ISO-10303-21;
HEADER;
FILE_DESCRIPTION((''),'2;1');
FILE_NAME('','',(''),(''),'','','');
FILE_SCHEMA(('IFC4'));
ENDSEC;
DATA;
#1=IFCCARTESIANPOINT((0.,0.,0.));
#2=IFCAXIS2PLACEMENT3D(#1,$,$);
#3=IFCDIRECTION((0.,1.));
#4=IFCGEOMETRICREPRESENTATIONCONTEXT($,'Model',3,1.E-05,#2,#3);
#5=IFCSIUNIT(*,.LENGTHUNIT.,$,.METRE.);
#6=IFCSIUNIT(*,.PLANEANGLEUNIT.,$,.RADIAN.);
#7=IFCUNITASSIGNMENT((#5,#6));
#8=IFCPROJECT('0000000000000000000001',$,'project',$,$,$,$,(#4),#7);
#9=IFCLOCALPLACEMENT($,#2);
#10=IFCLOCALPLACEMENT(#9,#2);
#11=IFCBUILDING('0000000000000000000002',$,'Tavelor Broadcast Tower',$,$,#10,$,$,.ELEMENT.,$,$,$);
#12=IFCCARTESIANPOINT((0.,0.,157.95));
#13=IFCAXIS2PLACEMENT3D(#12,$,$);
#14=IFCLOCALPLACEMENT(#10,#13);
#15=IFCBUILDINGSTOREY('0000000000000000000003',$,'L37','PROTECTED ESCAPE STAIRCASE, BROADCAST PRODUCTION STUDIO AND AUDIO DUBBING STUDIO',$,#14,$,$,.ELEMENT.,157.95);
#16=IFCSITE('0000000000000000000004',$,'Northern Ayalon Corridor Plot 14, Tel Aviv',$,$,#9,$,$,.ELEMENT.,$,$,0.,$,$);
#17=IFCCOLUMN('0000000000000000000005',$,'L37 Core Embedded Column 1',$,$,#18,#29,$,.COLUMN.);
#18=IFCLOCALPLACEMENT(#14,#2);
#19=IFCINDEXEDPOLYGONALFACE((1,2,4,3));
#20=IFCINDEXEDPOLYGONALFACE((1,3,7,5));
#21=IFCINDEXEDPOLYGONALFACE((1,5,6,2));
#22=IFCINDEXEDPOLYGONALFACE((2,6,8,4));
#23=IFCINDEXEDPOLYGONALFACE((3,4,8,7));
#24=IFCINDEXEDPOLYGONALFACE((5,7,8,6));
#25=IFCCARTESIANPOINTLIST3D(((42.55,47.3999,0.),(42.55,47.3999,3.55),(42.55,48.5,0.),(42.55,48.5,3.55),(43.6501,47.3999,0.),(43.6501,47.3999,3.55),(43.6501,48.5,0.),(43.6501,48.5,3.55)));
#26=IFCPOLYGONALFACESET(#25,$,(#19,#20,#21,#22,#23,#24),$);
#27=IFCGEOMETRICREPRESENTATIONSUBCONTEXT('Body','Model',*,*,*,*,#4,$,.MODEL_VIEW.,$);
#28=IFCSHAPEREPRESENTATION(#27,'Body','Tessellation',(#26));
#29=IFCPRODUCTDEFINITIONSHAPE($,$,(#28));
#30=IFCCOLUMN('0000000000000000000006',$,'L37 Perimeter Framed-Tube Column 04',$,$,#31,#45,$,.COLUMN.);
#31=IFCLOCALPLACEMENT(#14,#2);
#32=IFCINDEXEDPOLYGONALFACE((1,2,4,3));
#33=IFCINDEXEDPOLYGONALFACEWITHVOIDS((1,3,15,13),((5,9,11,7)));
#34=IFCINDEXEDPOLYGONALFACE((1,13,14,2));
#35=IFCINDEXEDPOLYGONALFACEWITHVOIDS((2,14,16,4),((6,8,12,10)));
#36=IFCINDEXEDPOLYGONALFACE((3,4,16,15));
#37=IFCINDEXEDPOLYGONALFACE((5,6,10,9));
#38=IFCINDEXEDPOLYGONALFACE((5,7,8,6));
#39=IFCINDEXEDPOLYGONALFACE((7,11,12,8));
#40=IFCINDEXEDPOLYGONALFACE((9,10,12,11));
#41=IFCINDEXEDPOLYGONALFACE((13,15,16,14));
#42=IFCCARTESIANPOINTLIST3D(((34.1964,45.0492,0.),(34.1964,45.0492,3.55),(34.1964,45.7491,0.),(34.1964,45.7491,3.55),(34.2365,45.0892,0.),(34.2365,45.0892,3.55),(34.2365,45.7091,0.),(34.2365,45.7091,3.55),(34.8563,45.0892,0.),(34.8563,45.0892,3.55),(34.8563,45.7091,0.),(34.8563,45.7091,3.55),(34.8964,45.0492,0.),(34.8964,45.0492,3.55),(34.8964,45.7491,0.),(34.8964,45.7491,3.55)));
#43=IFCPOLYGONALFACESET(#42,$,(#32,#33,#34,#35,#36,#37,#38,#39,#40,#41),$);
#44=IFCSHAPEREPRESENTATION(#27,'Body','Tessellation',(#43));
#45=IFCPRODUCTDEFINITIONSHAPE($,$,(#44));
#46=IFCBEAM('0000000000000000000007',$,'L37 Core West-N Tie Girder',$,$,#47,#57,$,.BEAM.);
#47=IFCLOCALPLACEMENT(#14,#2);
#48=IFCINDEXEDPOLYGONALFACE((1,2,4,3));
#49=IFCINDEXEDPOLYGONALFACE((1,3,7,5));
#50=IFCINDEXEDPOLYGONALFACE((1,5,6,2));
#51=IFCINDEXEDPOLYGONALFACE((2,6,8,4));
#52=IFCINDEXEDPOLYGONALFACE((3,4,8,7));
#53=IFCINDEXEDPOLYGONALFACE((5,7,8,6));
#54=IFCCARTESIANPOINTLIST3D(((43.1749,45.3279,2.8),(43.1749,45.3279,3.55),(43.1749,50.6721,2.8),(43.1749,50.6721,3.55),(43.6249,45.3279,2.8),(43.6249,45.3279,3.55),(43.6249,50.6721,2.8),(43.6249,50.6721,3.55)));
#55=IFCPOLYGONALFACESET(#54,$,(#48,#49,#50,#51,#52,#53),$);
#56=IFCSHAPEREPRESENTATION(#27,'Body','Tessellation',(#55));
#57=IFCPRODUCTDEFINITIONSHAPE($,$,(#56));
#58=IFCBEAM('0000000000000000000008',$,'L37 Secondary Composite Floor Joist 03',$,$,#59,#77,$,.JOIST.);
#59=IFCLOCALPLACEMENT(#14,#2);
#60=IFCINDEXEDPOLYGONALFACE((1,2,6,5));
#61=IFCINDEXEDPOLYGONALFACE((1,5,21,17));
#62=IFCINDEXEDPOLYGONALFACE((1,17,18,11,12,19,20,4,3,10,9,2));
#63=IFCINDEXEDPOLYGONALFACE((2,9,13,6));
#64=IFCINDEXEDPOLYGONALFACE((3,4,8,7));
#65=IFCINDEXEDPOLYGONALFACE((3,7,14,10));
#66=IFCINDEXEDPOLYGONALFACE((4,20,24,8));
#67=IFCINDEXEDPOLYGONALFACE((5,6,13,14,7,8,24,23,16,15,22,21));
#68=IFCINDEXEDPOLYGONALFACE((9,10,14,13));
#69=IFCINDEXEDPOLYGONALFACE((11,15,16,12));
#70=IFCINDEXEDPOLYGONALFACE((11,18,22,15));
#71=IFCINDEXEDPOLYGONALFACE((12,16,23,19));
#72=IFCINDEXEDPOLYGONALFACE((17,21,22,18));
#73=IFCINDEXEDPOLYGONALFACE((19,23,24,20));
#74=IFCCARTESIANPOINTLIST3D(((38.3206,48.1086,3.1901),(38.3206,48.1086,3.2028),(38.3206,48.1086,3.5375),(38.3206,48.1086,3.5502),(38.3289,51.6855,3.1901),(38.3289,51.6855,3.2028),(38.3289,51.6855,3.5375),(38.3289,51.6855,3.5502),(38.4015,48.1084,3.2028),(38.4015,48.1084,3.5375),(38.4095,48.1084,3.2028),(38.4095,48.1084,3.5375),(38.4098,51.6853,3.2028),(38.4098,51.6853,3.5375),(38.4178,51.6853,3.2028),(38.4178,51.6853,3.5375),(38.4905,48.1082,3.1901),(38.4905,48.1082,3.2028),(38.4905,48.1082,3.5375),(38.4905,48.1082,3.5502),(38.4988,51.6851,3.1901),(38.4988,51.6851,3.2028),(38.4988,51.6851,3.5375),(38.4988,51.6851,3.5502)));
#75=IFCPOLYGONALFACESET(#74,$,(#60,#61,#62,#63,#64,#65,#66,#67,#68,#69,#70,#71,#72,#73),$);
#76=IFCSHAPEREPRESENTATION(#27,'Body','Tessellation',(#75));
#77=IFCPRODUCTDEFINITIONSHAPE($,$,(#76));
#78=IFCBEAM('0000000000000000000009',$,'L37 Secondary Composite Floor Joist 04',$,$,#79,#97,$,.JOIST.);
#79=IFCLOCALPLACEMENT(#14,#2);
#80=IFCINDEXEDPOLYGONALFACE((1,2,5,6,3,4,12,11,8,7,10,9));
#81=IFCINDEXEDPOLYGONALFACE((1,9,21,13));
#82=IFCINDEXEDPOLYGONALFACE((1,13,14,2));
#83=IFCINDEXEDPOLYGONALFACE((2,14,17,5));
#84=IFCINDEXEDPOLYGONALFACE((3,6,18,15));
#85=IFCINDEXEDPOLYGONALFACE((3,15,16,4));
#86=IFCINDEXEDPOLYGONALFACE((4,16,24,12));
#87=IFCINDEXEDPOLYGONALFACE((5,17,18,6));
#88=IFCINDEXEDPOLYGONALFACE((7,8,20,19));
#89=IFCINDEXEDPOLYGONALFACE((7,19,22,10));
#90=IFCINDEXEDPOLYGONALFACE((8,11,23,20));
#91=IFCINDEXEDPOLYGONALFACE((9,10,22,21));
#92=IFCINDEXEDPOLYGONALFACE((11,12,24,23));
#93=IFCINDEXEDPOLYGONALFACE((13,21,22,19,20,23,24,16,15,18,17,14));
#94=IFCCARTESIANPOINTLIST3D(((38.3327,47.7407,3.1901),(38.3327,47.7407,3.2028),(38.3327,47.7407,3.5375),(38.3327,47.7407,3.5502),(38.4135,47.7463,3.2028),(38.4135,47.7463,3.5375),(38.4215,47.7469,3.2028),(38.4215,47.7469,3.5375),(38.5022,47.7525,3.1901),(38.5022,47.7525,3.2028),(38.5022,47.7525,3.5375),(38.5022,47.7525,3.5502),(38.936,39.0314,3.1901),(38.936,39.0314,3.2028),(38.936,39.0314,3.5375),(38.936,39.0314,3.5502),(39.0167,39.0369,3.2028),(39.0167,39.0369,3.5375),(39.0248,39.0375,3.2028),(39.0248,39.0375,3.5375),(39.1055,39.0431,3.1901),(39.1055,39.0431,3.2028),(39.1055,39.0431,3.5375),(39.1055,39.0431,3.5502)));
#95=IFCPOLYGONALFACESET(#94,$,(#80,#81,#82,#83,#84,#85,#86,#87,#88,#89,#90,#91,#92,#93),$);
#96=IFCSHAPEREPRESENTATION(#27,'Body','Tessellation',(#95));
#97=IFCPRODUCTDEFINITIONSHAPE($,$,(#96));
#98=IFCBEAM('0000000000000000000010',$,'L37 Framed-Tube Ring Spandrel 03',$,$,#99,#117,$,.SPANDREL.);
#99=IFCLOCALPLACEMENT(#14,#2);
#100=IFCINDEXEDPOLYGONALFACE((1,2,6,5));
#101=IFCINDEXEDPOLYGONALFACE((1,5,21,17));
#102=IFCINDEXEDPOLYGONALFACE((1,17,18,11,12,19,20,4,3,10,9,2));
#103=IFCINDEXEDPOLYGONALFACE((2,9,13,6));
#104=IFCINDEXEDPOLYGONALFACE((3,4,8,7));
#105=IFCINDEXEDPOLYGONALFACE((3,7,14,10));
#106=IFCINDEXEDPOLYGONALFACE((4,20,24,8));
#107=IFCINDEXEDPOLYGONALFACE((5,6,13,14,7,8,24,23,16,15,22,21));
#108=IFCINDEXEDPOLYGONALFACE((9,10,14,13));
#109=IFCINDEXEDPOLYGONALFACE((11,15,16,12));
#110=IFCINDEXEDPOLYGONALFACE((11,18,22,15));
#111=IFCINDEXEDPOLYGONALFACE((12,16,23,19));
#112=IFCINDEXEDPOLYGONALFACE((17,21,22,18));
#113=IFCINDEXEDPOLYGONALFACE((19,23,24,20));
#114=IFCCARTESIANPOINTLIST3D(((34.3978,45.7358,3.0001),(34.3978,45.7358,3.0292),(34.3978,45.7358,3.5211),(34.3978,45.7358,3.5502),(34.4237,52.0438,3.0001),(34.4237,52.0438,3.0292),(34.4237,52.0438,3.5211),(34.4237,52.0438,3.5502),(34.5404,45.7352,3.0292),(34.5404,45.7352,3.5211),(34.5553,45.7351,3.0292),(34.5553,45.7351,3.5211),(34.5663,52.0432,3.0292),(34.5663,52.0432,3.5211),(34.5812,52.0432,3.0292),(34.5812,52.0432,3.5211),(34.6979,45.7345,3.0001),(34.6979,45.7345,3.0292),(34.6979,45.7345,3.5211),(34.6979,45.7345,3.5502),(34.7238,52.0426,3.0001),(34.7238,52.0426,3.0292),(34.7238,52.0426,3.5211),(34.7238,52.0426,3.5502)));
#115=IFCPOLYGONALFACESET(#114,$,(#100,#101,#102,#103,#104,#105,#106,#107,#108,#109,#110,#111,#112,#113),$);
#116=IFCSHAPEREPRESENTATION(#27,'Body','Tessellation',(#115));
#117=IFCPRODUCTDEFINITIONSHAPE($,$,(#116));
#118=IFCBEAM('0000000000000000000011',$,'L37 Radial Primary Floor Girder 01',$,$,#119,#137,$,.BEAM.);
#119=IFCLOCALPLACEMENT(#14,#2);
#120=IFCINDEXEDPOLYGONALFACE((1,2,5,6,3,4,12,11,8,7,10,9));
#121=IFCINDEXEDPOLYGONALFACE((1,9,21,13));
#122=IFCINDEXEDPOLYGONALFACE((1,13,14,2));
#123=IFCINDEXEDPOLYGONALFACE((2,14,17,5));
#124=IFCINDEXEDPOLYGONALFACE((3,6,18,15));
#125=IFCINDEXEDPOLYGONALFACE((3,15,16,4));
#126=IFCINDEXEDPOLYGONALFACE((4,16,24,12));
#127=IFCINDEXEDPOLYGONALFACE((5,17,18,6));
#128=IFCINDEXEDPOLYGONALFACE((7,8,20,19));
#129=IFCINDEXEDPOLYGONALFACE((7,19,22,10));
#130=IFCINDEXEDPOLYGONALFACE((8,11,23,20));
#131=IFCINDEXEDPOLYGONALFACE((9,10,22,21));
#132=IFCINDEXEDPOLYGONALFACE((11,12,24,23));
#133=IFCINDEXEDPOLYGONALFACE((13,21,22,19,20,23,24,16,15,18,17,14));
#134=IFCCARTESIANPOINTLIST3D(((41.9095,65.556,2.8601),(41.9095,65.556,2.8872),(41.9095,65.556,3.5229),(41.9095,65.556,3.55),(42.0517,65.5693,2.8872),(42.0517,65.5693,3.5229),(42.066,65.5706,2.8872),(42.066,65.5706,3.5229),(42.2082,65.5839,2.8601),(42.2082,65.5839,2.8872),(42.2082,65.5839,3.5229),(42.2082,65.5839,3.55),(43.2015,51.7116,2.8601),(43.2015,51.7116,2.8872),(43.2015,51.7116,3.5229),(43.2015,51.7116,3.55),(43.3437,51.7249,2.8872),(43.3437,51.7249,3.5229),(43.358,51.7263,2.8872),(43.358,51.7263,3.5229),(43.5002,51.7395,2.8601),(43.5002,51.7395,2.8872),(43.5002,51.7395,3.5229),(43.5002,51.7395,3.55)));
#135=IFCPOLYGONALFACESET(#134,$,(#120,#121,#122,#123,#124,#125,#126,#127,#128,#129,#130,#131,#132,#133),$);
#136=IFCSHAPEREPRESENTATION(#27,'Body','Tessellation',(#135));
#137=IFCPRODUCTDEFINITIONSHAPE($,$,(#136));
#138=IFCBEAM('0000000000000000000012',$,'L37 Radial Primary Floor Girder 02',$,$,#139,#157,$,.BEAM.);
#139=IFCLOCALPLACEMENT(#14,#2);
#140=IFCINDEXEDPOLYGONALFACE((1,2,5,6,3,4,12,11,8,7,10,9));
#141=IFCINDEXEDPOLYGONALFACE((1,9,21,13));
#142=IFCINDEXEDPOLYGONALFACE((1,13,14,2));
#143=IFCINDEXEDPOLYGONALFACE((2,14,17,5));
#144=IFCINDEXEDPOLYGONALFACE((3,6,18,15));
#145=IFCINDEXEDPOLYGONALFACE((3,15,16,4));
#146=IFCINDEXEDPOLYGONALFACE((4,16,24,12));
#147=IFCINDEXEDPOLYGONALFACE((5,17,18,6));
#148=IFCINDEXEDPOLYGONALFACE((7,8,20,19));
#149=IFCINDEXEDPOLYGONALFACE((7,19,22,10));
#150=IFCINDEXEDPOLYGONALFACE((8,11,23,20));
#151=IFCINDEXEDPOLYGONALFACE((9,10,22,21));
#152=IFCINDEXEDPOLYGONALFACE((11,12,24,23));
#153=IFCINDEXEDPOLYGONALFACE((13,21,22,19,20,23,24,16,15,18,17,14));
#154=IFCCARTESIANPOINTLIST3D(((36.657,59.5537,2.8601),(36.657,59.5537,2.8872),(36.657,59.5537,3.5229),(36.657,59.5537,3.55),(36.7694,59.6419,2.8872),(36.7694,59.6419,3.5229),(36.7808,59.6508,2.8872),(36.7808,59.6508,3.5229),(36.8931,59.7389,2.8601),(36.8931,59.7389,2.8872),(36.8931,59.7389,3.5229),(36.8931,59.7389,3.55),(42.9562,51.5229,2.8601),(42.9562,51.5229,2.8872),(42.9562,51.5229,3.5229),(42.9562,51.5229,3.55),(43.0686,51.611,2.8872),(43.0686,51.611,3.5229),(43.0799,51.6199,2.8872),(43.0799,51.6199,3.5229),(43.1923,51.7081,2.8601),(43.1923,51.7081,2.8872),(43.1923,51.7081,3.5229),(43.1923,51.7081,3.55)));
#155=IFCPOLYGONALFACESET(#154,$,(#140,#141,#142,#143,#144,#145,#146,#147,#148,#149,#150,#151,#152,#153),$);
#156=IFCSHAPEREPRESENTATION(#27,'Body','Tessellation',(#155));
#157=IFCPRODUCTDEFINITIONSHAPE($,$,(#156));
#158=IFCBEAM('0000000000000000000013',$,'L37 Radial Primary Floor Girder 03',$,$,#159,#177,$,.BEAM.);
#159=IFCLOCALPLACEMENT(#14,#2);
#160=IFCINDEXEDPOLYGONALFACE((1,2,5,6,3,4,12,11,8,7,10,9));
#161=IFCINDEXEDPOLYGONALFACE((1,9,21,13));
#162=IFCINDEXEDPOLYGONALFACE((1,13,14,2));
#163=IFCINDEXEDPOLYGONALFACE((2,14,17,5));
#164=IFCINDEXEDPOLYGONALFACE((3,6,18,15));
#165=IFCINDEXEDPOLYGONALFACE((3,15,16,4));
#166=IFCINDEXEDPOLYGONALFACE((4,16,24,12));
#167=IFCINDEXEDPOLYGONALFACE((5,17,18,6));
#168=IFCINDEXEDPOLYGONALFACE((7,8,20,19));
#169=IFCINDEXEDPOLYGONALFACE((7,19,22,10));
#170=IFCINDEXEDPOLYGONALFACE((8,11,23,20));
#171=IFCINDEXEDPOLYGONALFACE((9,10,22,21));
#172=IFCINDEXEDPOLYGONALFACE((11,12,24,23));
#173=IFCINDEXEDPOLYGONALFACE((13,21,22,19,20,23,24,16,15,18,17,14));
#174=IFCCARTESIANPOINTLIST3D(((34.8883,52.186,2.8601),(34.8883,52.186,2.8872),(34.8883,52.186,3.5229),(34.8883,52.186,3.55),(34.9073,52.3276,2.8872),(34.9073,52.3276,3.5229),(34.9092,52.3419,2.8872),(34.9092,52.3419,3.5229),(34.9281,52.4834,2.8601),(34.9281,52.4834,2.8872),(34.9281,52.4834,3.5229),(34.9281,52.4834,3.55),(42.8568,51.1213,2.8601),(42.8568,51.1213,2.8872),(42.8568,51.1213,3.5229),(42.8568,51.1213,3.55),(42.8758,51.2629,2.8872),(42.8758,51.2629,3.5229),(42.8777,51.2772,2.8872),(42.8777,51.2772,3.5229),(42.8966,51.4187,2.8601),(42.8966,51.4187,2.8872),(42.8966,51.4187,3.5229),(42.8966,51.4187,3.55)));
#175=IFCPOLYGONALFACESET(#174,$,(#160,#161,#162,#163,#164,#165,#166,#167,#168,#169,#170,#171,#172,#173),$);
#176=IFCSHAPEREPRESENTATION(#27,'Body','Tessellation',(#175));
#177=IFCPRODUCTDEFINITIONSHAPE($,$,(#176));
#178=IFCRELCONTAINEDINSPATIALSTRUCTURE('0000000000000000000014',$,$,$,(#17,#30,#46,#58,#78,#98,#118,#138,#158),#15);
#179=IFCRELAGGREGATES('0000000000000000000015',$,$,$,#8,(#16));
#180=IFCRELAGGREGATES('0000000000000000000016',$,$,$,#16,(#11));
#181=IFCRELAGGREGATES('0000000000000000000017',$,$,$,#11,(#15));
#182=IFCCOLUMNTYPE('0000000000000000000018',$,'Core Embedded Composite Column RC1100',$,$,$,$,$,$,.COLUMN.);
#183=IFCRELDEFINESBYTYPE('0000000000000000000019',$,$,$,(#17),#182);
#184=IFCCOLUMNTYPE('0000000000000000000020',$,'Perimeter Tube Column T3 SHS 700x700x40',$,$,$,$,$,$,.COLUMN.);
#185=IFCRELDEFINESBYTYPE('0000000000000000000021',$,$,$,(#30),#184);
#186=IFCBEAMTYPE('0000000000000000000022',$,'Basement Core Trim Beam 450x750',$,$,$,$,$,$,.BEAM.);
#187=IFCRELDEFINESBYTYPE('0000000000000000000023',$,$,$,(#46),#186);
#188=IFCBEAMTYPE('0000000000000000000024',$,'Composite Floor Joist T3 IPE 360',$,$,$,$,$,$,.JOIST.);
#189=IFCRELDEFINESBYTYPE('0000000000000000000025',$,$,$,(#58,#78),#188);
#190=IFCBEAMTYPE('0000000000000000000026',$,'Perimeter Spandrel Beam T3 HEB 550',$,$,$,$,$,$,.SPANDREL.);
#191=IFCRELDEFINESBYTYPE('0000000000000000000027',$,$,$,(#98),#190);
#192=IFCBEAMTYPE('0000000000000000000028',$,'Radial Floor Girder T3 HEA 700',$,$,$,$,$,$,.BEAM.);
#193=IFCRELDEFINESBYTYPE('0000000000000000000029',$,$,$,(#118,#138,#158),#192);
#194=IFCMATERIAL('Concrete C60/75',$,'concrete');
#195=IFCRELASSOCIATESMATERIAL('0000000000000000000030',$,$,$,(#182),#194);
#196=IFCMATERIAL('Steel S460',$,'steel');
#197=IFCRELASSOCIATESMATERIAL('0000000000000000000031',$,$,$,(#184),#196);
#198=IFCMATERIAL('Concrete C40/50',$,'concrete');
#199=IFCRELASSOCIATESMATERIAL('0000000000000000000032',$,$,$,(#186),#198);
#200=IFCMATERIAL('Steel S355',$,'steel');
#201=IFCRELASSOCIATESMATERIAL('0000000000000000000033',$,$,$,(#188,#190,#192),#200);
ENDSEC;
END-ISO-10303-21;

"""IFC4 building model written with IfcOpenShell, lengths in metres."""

from ifc_helpers import new_model, si_unit, direction, frame, origin, origin_2d, place, context, subcontext, project, spatial, rectangle, hollow_rectangle, i_section, extrude, material, material_profile, profile_set, type_object, element, save


model = new_model("IFC4")

# Units and contexts
model_context = context("Model", 3, precision=1e-05, world=origin(), true_north=direction((0.0, 1.0)))
body_context = subcontext(model_context, "Body", "Model", "MODEL_VIEW")
ifc_project = project(units=[si_unit("LENGTHUNIT", "METRE"), si_unit("PLANEANGLEUNIT", "RADIAN")], contexts=[model_context])

# Site, building, storey
site_placement = place(None, origin())
site = spatial("IfcSite", under=ifc_project, at=site_placement, Name="Northern Ayalon Corridor Plot 14, Tel Aviv", CompositionType="ELEMENT", RefElevation=0.0)
building_placement = place(site_placement, origin())
building = spatial("IfcBuilding", under=site, at=building_placement, Name="Tavelor Broadcast Tower", CompositionType="ELEMENT")
storey_placement = place(building_placement, frame((0.0, 0.0, 157.95)))
storey = spatial("IfcBuildingStorey", under=building, at=storey_placement, Name="L37", Description="PROTECTED ESCAPE STAIRCASE, BROADCAST PRODUCTION STUDIO AND AUDIO DUBBING STUDIO", CompositionType="ELEMENT", Elevation=157.95)

# Columns
ifc_material_1 = material(Name="Concrete C60/75", Category="concrete")
ifc_material_profile_1 = material_profile(ifc_material_1, rectangle(XDim=1.1001, YDim=1.1001, at=origin_2d()), Name="RC 1100x1100")
ifc_profile_set_1 = profile_set([ifc_material_profile_1], Name="Concrete C60/75")
column_type_1 = type_object("IfcColumnType", Name="Core Embedded Composite Column RC1100", PredefinedType="COLUMN", material=ifc_profile_set_1)
column_1_placement = place(storey_placement, frame((43.1001, 47.95, 0.0), z_axis=(0.0, 0.0, 1.0), x_axis=(1.0, 0.0, 0.0)))
element("IfcColumn", 1, at=column_1_placement, inside=storey, type_object=column_type_1, Name="L37 Core Embedded Column 1", PredefinedType="COLUMN", context=body_context, shape_type="SweptSolid", body=[
    extrude(rectangle(XDim=1.1001, YDim=1.1001, at=origin_2d()), origin(), (0.0, 0.0, 1.0), 3.55),
])
ifc_material_2 = material(Name="Steel S460", Category="steel")
ifc_material_profile_2 = material_profile(ifc_material_2, hollow_rectangle(XDim=0.7, YDim=0.7, WallThickness=0.04, at=origin_2d()), Name="SHS 700x700x40")
ifc_profile_set_2 = profile_set([ifc_material_profile_2], Name="Steel S460")
column_type_2 = type_object("IfcColumnType", Name="Perimeter Tube Column T3 SHS 700x700x40", PredefinedType="COLUMN", material=ifc_profile_set_2)
column_2_placement = place(storey_placement, frame((34.5464, 45.3992, 0.0), z_axis=(0.0, 0.0, 1.0), x_axis=(1.0, 0.0, 0.0)))
element("IfcColumn", 2, at=column_2_placement, inside=storey, type_object=column_type_2, Name="L37 Perimeter Framed-Tube Column 04", PredefinedType="COLUMN", context=body_context, shape_type="SweptSolid", body=[
    extrude(hollow_rectangle(XDim=0.7, YDim=0.7, WallThickness=0.04, at=origin_2d()), origin(), (0.0, 0.0, 1.0), 3.55),
])

# Beams
ifc_material_3 = material(Name="Concrete C40/50", Category="concrete")
ifc_material_profile_3 = material_profile(ifc_material_3, rectangle(XDim=0.45, YDim=0.75, at=origin_2d()), Name="RC 450x750")
ifc_profile_set_3 = profile_set([ifc_material_profile_3], Name="Concrete C40/50")
beam_type_1 = type_object("IfcBeamType", Name="Basement Core Trim Beam 450x750", PredefinedType="BEAM", material=ifc_profile_set_3)
beam_1_placement = place(storey_placement, frame((43.3999, 45.3279, 3.175), z_axis=(0.0, 1.0, 0.0), x_axis=(-1.0, 0.0, 0.0)))
element("IfcBeam", 3, at=beam_1_placement, inside=storey, type_object=beam_type_1, Name="L37 Core West-N Tie Girder", PredefinedType="BEAM", context=body_context, shape_type="SweptSolid", body=[
    extrude(rectangle(XDim=0.45, YDim=0.75, at=origin_2d()), origin(), (0.0, 0.0, 1.0), 5.3442),
])
ifc_material_4 = material(Name="Steel S355", Category="steel")
ifc_material_profile_4 = material_profile(ifc_material_4, i_section(OverallWidth=0.1699, OverallDepth=0.3601, WebThickness=0.0081, FlangeThickness=0.0127, at=origin_2d()), Name="IPE 360")
ifc_profile_set_4 = profile_set([ifc_material_profile_4], Name="Steel S355")
beam_type_2 = type_object("IfcBeamType", Name="Composite Floor Joist T3 IPE 360", PredefinedType="JOIST", material=ifc_profile_set_4)
beam_2_placement = place(storey_placement, frame((38.4138, 51.6853, 3.3701), z_axis=(-0.002321, -0.999997, 0.0), x_axis=(0.999997, -0.002321, 0.0)))
element("IfcBeam", 4, at=beam_2_placement, inside=storey, type_object=beam_type_2, Name="L37 Secondary Composite Floor Joist 03", PredefinedType="JOIST", context=body_context, shape_type="SweptSolid", body=[
    extrude(i_section(OverallWidth=0.1699, OverallDepth=0.3601, WebThickness=0.0081, FlangeThickness=0.0127, at=origin_2d()), origin(), (0.0, 0.0, 1.0), 3.5769),
])
beam_3_placement = place(storey_placement, frame((38.4175, 47.7466, 3.3701), z_axis=(0.069101, -0.99761, 0.0), x_axis=(0.99761, 0.069101, 0.0)))
element("IfcBeam", 5, at=beam_3_placement, inside=storey, type_object=beam_type_2, Name="L37 Secondary Composite Floor Joist 04", PredefinedType="JOIST", context=body_context, shape_type="SweptSolid", body=[
    extrude(i_section(OverallWidth=0.1699, OverallDepth=0.3601, WebThickness=0.0081, FlangeThickness=0.0127, at=origin_2d()), origin(), (0.0, 0.0, 1.0), 8.7302),
])
ifc_material_profile_5 = material_profile(ifc_material_4, i_section(OverallWidth=0.3, OverallDepth=0.55, WebThickness=0.0149, FlangeThickness=0.0291, at=origin_2d()), Name="HEB 550")
ifc_profile_set_5 = profile_set([ifc_material_profile_5], Name="Steel S355")
beam_type_3 = type_object("IfcBeamType", Name="Perimeter Spandrel Beam T3 HEB 550", PredefinedType="SPANDREL", material=ifc_profile_set_5)
beam_4_placement = place(storey_placement, frame((34.5737, 52.0432, 3.2751), z_axis=(-0.004102, -0.999992, 0.0), x_axis=(0.999992, -0.004102, 0.0)))
element("IfcBeam", 6, at=beam_4_placement, inside=storey, type_object=beam_type_3, Name="L37 Framed-Tube Ring Spandrel 03", PredefinedType="SPANDREL", context=body_context, shape_type="SweptSolid", body=[
    extrude(i_section(OverallWidth=0.3, OverallDepth=0.55, WebThickness=0.0149, FlangeThickness=0.0291, at=origin_2d()), origin(), (0.0, 0.0, 1.0), 6.3081),
])
ifc_material_profile_6 = material_profile(ifc_material_4, i_section(OverallWidth=0.3, OverallDepth=0.6899, WebThickness=0.0144, FlangeThickness=0.0271, at=origin_2d()), Name="HEA 700")
ifc_profile_set_6 = profile_set([ifc_material_profile_6], Name="Steel S355")
beam_type_4 = type_object("IfcBeamType", Name="Radial Floor Girder T3 HEA 700", PredefinedType="BEAM", material=ifc_profile_set_6)
beam_5_placement = place(storey_placement, frame((43.3508, 51.7256, 3.2051), z_axis=(-0.092918, 0.995674, 0.0), x_axis=(-0.995674, -0.092918, 0.0)))
element("IfcBeam", 7, at=beam_5_placement, inside=storey, type_object=beam_type_4, Name="L37 Radial Primary Floor Girder 01", PredefinedType="BEAM", context=body_context, shape_type="SweptSolid", body=[
    extrude(i_section(OverallWidth=0.3, OverallDepth=0.6899, WebThickness=0.0144, FlangeThickness=0.0271, at=origin_2d()), origin(), (0.0, 0.0, 1.0), 13.9045),
])
beam_6_placement = place(storey_placement, frame((43.0742, 51.6155, 3.2051), z_axis=(-0.617166, 0.786833, 0.0), x_axis=(-0.786833, -0.617166, 0.0)))
element("IfcBeam", 8, at=beam_6_placement, inside=storey, type_object=beam_type_4, Name="L37 Radial Primary Floor Girder 02", PredefinedType="BEAM", context=body_context, shape_type="SweptSolid", body=[
    extrude(i_section(OverallWidth=0.3, OverallDepth=0.6899, WebThickness=0.0144, FlangeThickness=0.0271, at=origin_2d()), origin(), (0.0, 0.0, 1.0), 10.2065),
])
beam_7_placement = place(storey_placement, frame((42.8767, 51.27, 3.2051), z_axis=(-0.991192, 0.132436, 0.0), x_axis=(-0.132436, -0.991192, 0.0)))
element("IfcBeam", 9, at=beam_7_placement, inside=storey, type_object=beam_type_4, Name="L37 Radial Primary Floor Girder 03", PredefinedType="BEAM", context=body_context, shape_type="SweptSolid", body=[
    extrude(i_section(OverallWidth=0.3, OverallDepth=0.6899, WebThickness=0.0144, FlangeThickness=0.0271, at=origin_2d()), origin(), (0.0, 0.0, 1.0), 8.0393),
])

save(model, "model.ifc")
